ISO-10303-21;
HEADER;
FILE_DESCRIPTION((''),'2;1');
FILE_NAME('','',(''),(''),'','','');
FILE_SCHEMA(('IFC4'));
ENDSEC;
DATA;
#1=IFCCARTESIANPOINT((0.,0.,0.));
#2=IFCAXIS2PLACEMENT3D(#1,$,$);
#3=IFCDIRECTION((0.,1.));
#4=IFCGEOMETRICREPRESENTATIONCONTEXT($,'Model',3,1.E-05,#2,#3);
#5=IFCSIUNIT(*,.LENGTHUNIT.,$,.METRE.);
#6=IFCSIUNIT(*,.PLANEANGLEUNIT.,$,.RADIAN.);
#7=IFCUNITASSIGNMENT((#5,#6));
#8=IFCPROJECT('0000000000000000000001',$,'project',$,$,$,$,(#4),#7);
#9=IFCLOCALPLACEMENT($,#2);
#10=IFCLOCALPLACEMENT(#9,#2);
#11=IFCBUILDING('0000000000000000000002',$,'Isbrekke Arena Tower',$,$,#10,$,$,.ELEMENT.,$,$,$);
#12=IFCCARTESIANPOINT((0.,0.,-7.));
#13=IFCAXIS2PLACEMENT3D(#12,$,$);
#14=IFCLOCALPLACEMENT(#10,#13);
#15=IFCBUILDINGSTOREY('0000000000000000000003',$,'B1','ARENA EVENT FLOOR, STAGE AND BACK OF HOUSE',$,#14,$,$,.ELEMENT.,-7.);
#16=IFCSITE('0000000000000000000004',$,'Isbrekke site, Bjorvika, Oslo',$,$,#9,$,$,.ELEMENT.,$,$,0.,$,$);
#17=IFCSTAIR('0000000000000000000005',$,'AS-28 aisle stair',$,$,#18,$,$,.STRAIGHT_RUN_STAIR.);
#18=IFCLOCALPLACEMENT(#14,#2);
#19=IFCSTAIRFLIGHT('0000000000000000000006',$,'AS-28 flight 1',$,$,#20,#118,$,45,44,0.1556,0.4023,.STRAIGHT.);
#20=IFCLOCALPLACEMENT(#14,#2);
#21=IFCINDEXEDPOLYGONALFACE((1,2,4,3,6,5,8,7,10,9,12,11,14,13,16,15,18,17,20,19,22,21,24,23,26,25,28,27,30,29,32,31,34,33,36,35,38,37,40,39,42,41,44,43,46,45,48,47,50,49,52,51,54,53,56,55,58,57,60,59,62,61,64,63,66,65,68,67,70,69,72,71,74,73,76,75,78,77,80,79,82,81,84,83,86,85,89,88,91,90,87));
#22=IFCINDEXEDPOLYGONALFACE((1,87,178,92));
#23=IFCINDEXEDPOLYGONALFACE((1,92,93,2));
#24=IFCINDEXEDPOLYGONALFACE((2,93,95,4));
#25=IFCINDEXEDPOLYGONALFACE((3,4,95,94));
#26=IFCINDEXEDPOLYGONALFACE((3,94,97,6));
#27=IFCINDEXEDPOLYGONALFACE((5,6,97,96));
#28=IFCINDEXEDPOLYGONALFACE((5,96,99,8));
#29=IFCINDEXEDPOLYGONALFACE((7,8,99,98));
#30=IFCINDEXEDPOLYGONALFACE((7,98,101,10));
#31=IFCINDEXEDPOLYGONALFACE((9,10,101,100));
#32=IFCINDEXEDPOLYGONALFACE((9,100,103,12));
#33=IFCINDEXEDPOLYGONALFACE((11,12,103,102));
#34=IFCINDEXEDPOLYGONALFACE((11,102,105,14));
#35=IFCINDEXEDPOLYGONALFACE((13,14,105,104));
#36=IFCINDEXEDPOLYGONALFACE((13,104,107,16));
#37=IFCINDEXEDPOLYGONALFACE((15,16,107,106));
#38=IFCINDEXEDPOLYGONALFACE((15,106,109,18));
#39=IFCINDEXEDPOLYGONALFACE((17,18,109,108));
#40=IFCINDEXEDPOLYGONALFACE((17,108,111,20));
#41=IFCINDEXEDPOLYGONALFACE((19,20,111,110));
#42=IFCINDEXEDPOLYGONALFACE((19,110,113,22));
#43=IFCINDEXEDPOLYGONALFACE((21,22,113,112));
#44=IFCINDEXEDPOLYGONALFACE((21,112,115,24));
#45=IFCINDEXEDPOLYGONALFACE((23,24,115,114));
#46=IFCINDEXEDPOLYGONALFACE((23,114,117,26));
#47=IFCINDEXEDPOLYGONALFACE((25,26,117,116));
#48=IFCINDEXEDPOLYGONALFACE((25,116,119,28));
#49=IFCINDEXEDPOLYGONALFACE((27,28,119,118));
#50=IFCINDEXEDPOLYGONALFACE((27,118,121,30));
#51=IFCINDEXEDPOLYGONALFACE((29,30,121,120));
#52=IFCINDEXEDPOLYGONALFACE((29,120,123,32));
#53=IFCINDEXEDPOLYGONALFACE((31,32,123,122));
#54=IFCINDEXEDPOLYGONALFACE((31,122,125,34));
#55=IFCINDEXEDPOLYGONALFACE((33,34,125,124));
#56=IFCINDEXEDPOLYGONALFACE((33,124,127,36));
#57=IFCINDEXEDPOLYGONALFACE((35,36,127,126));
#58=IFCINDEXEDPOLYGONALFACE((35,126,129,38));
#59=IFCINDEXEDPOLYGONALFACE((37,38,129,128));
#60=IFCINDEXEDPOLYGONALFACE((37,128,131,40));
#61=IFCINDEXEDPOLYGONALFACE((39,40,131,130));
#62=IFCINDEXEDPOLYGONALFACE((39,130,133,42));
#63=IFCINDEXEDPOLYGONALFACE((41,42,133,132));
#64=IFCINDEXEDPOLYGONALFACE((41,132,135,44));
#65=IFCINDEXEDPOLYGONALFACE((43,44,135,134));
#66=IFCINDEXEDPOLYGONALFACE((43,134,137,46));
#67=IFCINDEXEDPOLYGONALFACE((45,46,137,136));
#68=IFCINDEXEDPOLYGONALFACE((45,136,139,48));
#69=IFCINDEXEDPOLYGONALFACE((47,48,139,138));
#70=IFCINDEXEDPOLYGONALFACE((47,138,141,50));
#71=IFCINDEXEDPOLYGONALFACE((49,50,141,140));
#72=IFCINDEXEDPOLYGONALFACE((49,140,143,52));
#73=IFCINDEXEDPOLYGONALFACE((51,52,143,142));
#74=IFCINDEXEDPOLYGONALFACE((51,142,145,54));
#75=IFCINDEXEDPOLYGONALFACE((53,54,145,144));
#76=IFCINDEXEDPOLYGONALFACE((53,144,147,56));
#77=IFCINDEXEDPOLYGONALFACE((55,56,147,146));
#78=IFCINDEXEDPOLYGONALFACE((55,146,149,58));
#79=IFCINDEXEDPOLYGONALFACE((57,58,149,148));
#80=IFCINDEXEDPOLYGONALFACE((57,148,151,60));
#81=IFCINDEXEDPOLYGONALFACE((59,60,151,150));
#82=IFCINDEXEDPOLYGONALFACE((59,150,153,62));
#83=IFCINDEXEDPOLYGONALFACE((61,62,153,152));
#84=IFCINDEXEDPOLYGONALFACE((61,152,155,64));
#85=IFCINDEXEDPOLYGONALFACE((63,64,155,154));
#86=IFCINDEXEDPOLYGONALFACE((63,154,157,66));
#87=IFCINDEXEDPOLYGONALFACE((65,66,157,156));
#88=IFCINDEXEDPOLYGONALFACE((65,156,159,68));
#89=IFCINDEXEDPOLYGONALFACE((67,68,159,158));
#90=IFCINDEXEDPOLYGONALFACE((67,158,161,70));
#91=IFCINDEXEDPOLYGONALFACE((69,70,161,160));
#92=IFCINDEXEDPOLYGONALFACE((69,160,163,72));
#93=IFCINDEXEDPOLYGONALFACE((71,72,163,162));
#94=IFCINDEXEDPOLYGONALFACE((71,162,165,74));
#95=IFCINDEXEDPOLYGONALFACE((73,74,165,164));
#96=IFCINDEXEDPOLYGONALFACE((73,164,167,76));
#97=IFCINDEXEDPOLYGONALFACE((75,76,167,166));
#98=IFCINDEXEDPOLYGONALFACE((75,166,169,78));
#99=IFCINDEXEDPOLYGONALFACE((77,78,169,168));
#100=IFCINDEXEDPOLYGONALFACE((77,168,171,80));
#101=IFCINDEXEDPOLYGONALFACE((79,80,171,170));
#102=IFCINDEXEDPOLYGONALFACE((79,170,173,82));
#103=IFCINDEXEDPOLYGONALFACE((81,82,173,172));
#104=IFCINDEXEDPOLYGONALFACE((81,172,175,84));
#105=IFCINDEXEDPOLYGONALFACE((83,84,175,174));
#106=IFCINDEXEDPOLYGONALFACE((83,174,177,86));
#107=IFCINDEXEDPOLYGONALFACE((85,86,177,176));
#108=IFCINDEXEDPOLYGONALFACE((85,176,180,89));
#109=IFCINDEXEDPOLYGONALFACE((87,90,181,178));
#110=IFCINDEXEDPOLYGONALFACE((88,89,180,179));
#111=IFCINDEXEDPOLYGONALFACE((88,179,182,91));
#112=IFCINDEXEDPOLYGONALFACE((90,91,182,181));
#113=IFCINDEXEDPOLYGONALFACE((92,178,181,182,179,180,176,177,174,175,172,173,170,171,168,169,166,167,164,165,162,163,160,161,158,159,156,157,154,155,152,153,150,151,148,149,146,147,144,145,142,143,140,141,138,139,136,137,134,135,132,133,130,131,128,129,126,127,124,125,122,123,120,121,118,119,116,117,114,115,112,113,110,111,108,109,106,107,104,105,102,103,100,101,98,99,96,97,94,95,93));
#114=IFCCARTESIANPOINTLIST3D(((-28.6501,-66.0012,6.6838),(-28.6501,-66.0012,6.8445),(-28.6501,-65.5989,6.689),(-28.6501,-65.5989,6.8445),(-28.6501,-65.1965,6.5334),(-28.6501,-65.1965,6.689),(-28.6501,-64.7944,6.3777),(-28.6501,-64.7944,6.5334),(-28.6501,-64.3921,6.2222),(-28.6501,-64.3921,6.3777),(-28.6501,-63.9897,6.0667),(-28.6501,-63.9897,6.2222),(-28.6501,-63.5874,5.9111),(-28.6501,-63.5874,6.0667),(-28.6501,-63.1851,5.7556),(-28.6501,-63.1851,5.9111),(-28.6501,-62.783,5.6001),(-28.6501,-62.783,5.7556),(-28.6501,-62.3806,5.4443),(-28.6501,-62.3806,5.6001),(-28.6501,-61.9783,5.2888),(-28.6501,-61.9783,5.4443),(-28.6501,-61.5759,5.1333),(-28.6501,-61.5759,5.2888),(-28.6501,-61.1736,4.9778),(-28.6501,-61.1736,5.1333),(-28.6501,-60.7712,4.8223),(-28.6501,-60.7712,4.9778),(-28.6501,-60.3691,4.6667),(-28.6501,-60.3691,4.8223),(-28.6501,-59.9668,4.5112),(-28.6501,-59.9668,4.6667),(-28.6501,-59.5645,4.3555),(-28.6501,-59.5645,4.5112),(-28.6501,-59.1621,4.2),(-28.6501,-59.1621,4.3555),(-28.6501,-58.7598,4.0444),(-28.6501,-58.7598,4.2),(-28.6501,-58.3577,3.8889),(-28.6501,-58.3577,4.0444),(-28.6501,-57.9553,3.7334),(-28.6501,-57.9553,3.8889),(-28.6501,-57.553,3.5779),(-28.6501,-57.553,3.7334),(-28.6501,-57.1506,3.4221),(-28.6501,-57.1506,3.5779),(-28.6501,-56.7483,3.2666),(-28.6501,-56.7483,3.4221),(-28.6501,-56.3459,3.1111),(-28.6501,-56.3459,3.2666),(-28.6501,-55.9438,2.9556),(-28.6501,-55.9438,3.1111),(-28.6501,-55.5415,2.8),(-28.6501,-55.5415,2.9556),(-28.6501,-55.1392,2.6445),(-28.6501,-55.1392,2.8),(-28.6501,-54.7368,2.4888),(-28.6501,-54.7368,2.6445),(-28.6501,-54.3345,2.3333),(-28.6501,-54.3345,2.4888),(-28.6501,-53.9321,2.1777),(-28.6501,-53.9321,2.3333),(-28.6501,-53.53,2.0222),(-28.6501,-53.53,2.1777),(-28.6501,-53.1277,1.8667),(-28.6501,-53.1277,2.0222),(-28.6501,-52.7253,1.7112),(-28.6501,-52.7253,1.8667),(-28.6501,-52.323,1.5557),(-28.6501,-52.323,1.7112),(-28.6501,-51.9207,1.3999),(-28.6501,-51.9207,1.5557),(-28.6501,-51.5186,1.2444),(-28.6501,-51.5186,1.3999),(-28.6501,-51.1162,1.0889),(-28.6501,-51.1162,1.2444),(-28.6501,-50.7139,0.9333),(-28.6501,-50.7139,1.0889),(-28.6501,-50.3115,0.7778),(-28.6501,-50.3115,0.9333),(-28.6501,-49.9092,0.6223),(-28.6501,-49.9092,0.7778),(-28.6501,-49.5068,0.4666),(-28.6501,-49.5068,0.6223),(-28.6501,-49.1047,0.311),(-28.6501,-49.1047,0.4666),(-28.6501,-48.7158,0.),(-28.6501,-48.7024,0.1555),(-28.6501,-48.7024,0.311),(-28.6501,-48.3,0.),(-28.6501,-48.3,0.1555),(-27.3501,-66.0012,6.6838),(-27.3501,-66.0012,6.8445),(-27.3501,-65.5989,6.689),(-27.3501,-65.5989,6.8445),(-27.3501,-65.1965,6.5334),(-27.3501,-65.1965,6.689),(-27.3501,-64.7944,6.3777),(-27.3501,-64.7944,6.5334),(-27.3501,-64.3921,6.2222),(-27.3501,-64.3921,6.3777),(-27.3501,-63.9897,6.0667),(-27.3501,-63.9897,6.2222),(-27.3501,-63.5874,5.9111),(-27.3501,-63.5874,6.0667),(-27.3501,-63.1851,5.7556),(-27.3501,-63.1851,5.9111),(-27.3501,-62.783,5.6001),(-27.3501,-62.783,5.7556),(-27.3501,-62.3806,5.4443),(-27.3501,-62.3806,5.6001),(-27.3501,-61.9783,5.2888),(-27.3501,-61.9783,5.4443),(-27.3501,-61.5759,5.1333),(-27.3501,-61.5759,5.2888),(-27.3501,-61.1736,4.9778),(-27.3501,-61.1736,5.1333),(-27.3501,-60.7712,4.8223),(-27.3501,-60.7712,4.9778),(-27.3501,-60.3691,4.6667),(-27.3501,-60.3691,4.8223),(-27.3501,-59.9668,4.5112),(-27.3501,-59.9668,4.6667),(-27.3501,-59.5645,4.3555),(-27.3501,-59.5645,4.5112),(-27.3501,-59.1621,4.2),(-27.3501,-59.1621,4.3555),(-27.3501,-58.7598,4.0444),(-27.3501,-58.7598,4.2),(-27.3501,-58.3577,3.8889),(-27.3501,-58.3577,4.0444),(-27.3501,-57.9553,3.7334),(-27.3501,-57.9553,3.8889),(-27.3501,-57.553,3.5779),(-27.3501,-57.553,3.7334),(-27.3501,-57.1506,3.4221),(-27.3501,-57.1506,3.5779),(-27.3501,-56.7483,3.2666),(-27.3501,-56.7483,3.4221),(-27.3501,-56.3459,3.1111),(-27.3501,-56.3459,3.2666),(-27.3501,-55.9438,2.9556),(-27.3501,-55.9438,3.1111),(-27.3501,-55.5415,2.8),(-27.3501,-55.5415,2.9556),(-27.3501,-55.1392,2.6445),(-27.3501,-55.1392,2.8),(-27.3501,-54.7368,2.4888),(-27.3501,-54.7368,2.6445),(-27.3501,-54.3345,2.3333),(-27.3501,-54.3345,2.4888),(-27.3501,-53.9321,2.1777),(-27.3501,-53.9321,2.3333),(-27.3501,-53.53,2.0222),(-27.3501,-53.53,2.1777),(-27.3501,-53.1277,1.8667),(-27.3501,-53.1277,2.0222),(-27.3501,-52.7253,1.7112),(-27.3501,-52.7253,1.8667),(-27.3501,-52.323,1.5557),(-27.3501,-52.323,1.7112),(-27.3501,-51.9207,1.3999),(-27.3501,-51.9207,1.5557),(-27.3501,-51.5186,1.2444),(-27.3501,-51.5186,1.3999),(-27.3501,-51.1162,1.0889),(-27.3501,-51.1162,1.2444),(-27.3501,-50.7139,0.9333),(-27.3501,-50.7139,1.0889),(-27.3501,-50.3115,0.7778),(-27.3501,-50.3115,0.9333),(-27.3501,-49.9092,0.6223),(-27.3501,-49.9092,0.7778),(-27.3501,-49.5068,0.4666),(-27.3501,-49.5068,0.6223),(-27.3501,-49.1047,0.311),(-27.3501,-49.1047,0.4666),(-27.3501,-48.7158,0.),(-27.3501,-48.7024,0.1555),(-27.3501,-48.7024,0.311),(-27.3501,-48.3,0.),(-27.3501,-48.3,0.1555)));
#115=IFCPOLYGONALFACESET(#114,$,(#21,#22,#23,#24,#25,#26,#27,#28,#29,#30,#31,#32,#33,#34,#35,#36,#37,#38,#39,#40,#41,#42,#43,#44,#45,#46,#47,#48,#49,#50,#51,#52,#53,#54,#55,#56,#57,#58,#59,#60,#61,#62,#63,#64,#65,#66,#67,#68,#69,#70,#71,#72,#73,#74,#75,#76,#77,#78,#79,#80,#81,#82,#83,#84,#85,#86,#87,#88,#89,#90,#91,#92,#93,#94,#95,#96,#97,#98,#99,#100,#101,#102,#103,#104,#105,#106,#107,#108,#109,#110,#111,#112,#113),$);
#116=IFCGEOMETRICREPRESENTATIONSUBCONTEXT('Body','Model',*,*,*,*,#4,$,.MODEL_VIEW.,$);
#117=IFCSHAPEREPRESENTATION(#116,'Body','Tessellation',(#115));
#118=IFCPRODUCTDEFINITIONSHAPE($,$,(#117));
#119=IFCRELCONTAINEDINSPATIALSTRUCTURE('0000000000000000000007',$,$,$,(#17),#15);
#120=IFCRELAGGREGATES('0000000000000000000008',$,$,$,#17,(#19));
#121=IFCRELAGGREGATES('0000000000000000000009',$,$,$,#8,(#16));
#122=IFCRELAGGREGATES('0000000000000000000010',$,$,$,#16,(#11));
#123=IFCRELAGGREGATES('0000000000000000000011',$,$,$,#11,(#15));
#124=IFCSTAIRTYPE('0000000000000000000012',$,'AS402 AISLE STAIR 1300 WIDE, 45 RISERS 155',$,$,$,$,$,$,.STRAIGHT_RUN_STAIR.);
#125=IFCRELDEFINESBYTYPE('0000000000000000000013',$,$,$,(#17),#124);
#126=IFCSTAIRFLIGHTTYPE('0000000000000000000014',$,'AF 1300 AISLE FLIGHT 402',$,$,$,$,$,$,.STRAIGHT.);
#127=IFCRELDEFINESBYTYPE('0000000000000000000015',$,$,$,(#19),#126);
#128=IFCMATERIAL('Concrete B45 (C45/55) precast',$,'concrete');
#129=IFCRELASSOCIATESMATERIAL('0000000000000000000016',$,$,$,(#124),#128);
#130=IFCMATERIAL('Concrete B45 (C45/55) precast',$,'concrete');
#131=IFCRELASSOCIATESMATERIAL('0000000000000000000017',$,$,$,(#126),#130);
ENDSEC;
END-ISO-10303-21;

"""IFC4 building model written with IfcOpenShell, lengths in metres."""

from ifc_helpers import new_model, si_unit, direction, frame, origin, place, context, subcontext, project, spatial, polyline, outline, extrude, material, type_object, element, aggregate, save


model = new_model("IFC4")

# Units and contexts
model_context = context("Model", 3, precision=1e-05, world=origin(), true_north=direction((0.0, 1.0)))
body_context = subcontext(model_context, "Body", "Model", "MODEL_VIEW")
ifc_project = project(units=[si_unit("LENGTHUNIT", "METRE"), si_unit("PLANEANGLEUNIT", "RADIAN")], contexts=[model_context])

# Site, building, storey
site_placement = place(None, origin())
site = spatial("IfcSite", under=ifc_project, at=site_placement, Name="Isbrekke site, Bjorvika, Oslo", CompositionType="ELEMENT", RefElevation=0.0)
building_placement = place(site_placement, origin())
building = spatial("IfcBuilding", under=site, at=building_placement, Name="Isbrekke Arena Tower", CompositionType="ELEMENT")
storey_placement = place(building_placement, frame((0.0, 0.0, -7.0)))
storey = spatial("IfcBuildingStorey", under=building, at=storey_placement, Name="B1", Description="ARENA EVENT FLOOR, STAGE AND BACK OF HOUSE", CompositionType="ELEMENT", Elevation=-7.0)

# Stair, stair flight
ifc_material_1 = material(Name="Concrete B45 (C45/55) precast", Category="concrete")
stair_type_1 = type_object("IfcStairType", Name="AS402 AISLE STAIR 1300 WIDE, 45 RISERS 155", PredefinedType="STRAIGHT_RUN_STAIR", material=ifc_material_1)
ifc_material_2 = material(Name="Concrete B45 (C45/55) precast", Category="concrete")
stair_flight_type_1 = type_object("IfcStairFlightType", Name="AF 1300 AISLE FLIGHT 402", PredefinedType="STRAIGHT", material=ifc_material_2)
stair_1_placement = place(storey_placement, origin())
stair_1 = element("IfcStair", 1, at=stair_1_placement, inside=storey, type_object=stair_type_1, Name="AS-28 aisle stair", PredefinedType="STRAIGHT_RUN_STAIR")
stair_flight_1_placement = place(storey_placement, frame((-28.0, -48.3, 0.0), z_axis=(0.0, 0.0, 1.0), x_axis=(0.0, -1.0, 0.0)))
stair_flight_1 = element("IfcStairFlight", 2, at=stair_flight_1_placement, type_object=stair_flight_type_1, Name="AS-28 flight 1", NumberOfRisers=45, NumberOfTreads=44, PredefinedType="STRAIGHT", RiserHeight=0.1556, TreadLength=0.4023, context=body_context, shape_type="SweptSolid", body=[
    extrude(outline(polyline([(0.0, 0.0), (0.0, 0.1555), (0.4023, 0.1555), (0.4023, 0.311), (0.8047, 0.311), (0.8047, 0.4666), (1.2068, 0.4666), (1.2068, 0.6223), (1.6091, 0.6223), (1.6091, 0.7778), (2.0115, 0.7778), (2.0115, 0.9333), (2.4138, 0.9333), (2.4138, 1.0889), (2.8162, 1.0889), (2.8162, 1.2444), (3.2185, 1.2444), (3.2185, 1.3999), (3.6206, 1.3999), (3.6206, 1.5557), (4.0229, 1.5557), (4.0229, 1.7112), (4.4253, 1.7112), (4.4253, 1.8667), (4.8276, 1.8667), (4.8276, 2.0222), (5.23, 2.0222), (5.23, 2.1777), (5.6321, 2.1777), (5.6321, 2.3333), (6.0344, 2.3333), (6.0344, 2.4888), (6.4368, 2.4888), (6.4368, 2.6445), (6.8391, 2.6445), (6.8391, 2.8), (7.2415, 2.8), (7.2415, 2.9556), (7.6438, 2.9556), (7.6438, 3.1111), (8.0459, 3.1111), (8.0459, 3.2666), (8.4482, 3.2666), (8.4482, 3.4221), (8.8506, 3.4221), (8.8506, 3.5779), (9.2529, 3.5779), (9.2529, 3.7334), (9.6553, 3.7334), (9.6553, 3.8889), (10.0576, 3.8889), (10.0576, 4.0444), (10.4597, 4.0444), (10.4597, 4.2), (10.8621, 4.2), (10.8621, 4.3555), (11.2644, 4.3555), (11.2644, 4.5112), (11.6667, 4.5112), (11.6667, 4.6667), (12.0691, 4.6667), (12.0691, 4.8223), (12.4712, 4.8223), (12.4712, 4.9778), (12.8735, 4.9778), (12.8735, 5.1333), (13.2759, 5.1333), (13.2759, 5.2888), (13.6782, 5.2888), (13.6782, 5.4443), (14.0806, 5.4443), (14.0806, 5.6001), (14.4829, 5.6001), (14.4829, 5.7556), (14.885, 5.7556), (14.885, 5.9111), (15.2874, 5.9111), (15.2874, 6.0667), (15.6897, 6.0667), (15.6897, 6.2222), (16.092, 6.2222), (16.092, 6.3777), (16.4944, 6.3777), (16.4944, 6.5334), (16.8965, 6.5334), (16.8965, 6.689), (17.2988, 6.689), (17.2988, 6.8445), (17.7012, 6.8445), (17.7012, 7.0), (17.7012, 6.6838), (0.4158, 0.0), (0.0, 0.0)])), frame((0.0, 0.6499, 0.0), z_axis=(0.0, -1.0, 0.0), x_axis=(1.0, 0.0, 0.0)), (0.0, 0.0, 1.0), 1.3),
])
aggregate(stair_1, [stair_flight_1])

save(model, "model.ifc")
